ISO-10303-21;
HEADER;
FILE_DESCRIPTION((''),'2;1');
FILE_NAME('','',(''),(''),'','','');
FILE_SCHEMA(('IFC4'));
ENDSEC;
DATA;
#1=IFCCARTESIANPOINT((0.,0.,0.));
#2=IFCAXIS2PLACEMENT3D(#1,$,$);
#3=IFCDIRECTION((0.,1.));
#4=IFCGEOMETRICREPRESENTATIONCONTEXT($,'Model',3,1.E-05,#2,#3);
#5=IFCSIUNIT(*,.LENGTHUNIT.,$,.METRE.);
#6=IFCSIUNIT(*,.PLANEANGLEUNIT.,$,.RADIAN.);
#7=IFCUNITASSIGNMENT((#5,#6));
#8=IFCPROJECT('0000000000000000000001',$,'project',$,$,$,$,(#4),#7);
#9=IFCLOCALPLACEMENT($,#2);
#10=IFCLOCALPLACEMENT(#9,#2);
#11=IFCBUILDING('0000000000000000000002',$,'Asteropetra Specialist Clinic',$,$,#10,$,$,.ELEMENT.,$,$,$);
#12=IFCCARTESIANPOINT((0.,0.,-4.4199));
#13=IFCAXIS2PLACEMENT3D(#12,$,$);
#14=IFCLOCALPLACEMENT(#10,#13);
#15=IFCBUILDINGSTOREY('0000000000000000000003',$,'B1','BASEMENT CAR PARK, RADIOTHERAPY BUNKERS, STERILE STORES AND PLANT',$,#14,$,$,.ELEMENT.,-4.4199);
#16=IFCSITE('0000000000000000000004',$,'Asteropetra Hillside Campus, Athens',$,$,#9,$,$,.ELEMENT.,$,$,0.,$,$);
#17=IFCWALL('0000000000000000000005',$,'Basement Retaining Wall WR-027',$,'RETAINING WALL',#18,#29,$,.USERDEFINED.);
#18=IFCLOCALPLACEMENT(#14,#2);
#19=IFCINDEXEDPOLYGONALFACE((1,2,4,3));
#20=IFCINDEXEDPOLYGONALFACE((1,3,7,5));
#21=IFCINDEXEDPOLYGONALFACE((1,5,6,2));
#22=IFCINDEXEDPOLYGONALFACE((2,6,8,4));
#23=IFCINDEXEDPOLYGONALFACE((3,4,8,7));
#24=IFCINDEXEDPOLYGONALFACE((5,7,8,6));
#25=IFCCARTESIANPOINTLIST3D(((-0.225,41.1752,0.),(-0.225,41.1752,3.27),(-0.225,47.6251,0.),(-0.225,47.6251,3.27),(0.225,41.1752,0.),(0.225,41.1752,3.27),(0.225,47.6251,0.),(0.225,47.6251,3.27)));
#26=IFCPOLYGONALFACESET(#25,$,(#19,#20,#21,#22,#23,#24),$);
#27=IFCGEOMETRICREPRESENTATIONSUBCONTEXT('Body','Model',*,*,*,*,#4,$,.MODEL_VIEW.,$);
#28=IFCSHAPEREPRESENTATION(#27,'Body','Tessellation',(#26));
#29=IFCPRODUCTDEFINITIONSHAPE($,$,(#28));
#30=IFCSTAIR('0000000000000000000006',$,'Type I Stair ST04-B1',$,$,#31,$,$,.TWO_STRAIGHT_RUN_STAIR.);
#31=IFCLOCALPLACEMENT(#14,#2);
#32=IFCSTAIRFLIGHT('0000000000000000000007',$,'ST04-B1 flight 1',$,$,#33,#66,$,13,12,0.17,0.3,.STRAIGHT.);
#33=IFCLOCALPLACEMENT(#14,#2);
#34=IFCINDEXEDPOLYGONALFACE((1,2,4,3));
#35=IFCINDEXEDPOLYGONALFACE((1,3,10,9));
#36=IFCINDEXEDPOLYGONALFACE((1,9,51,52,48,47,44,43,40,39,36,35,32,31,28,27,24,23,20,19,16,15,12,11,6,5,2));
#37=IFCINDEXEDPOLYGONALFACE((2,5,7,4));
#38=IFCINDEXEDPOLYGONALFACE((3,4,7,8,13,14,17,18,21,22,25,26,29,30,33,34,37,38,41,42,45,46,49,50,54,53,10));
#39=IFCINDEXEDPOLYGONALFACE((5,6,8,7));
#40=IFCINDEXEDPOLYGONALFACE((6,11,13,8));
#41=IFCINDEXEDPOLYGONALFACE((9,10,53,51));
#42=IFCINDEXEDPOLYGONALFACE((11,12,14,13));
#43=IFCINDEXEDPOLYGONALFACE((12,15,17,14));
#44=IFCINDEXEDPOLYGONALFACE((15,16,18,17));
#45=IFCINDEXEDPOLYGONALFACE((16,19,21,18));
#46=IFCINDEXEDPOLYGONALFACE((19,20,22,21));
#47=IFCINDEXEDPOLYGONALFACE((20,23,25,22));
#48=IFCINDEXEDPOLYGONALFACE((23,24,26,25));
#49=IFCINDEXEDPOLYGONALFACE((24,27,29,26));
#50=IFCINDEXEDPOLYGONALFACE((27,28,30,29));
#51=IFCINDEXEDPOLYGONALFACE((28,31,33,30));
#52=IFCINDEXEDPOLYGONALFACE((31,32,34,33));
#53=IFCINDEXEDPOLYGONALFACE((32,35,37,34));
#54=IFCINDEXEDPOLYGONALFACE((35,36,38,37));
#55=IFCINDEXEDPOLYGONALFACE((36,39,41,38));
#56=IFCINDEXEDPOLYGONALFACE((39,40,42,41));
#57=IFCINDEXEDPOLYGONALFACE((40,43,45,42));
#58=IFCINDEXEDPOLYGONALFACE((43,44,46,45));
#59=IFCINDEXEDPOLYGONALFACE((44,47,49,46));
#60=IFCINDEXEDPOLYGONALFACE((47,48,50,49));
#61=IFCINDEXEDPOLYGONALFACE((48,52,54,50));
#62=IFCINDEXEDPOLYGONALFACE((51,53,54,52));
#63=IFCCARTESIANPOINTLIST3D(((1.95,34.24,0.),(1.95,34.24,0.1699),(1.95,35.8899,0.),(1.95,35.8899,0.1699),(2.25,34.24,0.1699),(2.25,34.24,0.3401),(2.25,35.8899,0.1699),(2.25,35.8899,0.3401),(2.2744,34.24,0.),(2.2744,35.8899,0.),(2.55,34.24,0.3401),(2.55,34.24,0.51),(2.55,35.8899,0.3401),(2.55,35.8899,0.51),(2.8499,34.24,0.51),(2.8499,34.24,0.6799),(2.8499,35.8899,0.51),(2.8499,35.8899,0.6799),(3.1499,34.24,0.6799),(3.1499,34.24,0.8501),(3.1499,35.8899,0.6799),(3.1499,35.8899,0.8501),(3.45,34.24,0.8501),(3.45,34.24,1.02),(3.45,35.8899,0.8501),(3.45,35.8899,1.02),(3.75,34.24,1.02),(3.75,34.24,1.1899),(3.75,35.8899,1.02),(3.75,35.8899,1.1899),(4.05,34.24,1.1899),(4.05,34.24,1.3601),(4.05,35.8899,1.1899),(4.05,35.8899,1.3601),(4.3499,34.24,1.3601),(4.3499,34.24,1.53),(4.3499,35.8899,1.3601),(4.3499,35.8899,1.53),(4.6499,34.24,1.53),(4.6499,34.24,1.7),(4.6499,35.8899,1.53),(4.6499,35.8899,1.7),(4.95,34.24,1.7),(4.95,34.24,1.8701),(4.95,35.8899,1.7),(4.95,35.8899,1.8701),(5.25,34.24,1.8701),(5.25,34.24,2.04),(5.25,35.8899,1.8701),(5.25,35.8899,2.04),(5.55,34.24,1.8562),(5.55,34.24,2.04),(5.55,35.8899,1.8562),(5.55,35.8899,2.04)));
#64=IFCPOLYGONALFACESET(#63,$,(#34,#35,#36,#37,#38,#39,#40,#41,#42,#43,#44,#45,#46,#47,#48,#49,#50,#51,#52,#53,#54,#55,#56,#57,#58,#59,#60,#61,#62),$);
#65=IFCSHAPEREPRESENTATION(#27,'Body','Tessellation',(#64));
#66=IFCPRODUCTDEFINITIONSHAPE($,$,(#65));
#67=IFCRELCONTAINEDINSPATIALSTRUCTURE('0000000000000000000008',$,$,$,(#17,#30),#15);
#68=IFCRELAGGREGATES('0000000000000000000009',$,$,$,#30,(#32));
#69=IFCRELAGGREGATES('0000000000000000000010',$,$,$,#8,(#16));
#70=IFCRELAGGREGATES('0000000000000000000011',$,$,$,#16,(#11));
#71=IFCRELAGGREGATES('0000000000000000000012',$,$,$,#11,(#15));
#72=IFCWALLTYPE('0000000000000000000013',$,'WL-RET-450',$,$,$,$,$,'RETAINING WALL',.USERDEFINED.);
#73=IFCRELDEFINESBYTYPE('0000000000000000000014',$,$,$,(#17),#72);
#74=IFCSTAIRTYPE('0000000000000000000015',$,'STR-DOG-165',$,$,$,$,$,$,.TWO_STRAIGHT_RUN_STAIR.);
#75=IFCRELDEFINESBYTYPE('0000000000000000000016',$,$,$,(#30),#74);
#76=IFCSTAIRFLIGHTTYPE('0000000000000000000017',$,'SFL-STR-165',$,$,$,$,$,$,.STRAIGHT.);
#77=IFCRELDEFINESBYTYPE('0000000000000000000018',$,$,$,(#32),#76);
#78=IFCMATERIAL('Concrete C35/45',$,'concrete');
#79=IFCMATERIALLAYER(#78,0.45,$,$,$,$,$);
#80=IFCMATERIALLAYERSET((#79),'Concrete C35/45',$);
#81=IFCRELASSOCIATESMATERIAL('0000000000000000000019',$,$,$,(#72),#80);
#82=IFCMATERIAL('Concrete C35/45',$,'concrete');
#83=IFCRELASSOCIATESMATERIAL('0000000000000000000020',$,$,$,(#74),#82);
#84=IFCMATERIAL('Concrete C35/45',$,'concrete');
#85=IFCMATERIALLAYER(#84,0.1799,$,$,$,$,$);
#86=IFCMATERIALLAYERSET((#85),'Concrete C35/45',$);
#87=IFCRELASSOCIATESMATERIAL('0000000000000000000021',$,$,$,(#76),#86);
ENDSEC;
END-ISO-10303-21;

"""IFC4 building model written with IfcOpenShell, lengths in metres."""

from ifc_helpers import new_model, si_unit, direction, frame, frame_2d, origin, place, context, subcontext, project, spatial, polyline, rectangle, outline, extrude, material, layer, layer_set, type_object, element, aggregate, save


model = new_model("IFC4")

# Units and contexts
model_context = context("Model", 3, precision=1e-05, world=origin(), true_north=direction((0.0, 1.0)))
body_context = subcontext(model_context, "Body", "Model", "MODEL_VIEW")
ifc_project = project(units=[si_unit("LENGTHUNIT", "METRE"), si_unit("PLANEANGLEUNIT", "RADIAN")], contexts=[model_context])

# Site, building, storey
site_placement = place(None, origin())
site = spatial("IfcSite", under=ifc_project, at=site_placement, Name="Asteropetra Hillside Campus, Athens", CompositionType="ELEMENT", RefElevation=0.0)
building_placement = place(site_placement, origin())
building = spatial("IfcBuilding", under=site, at=building_placement, Name="Asteropetra Specialist Clinic", CompositionType="ELEMENT")
storey_placement = place(building_placement, frame((0.0, 0.0, -4.4199)))
storey = spatial("IfcBuildingStorey", under=building, at=storey_placement, Name="B1", Description="BASEMENT CAR PARK, RADIOTHERAPY BUNKERS, STERILE STORES AND PLANT", CompositionType="ELEMENT", Elevation=-4.4199)

# Wall
ifc_material_1 = material(Name="Concrete C35/45", Category="concrete")
ifc_layer_1 = layer(ifc_material_1, 0.45)
ifc_layer_set_1 = layer_set([ifc_layer_1], Name="Concrete C35/45")
wall_type_1 = type_object("IfcWallType", Name="WL-RET-450", ElementType="RETAINING WALL", PredefinedType="USERDEFINED", material=ifc_layer_set_1)
for number, where, z_axis, x_axis, name in (
    (1, (0.0, 41.175, 0.0), (0.0, 0.0, 1.0), (0.0, 1.0, 0.0), "Basement Retaining Wall WR-027"),
):
    element("IfcWall", number, at=place(storey_placement, frame(where, z_axis=z_axis, x_axis=x_axis)), inside=storey, type_object=wall_type_1, Name=name, ObjectType="RETAINING WALL", PredefinedType="USERDEFINED", context=body_context, shape_type="SweptSolid", body=[
        extrude(rectangle(XDim=6.45, YDim=0.45, at=frame_2d((3.2251, 0.0))), origin(), (0.0, 0.0, 1.0), 3.27),
    ])

# Stair, stair flight
ifc_material_2 = material(Name="Concrete C35/45", Category="concrete")
stair_type = type_object("IfcStairType", Name="STR-DOG-165", PredefinedType="TWO_STRAIGHT_RUN_STAIR", material=ifc_material_2)
stair_placement = place(storey_placement, origin())
stair = element("IfcStair", 2, at=stair_placement, inside=storey, type_object=stair_type, Name="Type I Stair ST04-B1", PredefinedType="TWO_STRAIGHT_RUN_STAIR")
ifc_material_3 = material(Name="Concrete C35/45", Category="concrete")
ifc_layer_2 = layer(ifc_material_3, 0.1799)
ifc_layer_set_2 = layer_set([ifc_layer_2], Name="Concrete C35/45")
stair_flight_type = type_object("IfcStairFlightType", Name="SFL-STR-165", PredefinedType="STRAIGHT", material=ifc_layer_set_2)
stair_flight_placement = place(storey_placement, frame((1.95, 35.0649, 0.0), z_axis=(0.0, 0.0, 1.0), x_axis=(1.0, 0.0, 0.0)))
stair_flight = element("IfcStairFlight", 3, at=stair_flight_placement, type_object=stair_flight_type, Name="ST04-B1 flight 1", NumberOfRisers=13, NumberOfTreads=12, PredefinedType="STRAIGHT", RiserHeight=0.17, TreadLength=0.3, context=body_context, shape_type="SweptSolid", body=[
    extrude(outline(polyline([(0.0, 0.0), (0.0, 0.1699), (0.3, 0.1699), (0.3, 0.3401), (0.6001, 0.3401), (0.6001, 0.51), (0.8999, 0.51), (0.8999, 0.6799), (1.2, 0.6799), (1.2, 0.8501), (1.5, 0.8501), (1.5, 1.02), (1.8, 1.02), (1.8, 1.1899), (2.1001, 1.1899), (2.1001, 1.3601), (2.3999, 1.3601), (2.3999, 1.53), (2.7, 1.53), (2.7, 1.7), (3.0, 1.7), (3.0, 1.8701), (3.3, 1.8701), (3.3, 2.04), (3.6001, 2.04), (3.6001, 2.21), (3.6001, 1.8562), (0.3245, 0.0), (0.0, 0.0)])), frame((0.0, 0.825, 0.0), z_axis=(0.0, -1.0, 0.0), x_axis=(1.0, 0.0, 0.0)), (0.0, 0.0, 1.0), 1.6499),
])
aggregate(stair, [stair_flight])

save(model, "model.ifc")
